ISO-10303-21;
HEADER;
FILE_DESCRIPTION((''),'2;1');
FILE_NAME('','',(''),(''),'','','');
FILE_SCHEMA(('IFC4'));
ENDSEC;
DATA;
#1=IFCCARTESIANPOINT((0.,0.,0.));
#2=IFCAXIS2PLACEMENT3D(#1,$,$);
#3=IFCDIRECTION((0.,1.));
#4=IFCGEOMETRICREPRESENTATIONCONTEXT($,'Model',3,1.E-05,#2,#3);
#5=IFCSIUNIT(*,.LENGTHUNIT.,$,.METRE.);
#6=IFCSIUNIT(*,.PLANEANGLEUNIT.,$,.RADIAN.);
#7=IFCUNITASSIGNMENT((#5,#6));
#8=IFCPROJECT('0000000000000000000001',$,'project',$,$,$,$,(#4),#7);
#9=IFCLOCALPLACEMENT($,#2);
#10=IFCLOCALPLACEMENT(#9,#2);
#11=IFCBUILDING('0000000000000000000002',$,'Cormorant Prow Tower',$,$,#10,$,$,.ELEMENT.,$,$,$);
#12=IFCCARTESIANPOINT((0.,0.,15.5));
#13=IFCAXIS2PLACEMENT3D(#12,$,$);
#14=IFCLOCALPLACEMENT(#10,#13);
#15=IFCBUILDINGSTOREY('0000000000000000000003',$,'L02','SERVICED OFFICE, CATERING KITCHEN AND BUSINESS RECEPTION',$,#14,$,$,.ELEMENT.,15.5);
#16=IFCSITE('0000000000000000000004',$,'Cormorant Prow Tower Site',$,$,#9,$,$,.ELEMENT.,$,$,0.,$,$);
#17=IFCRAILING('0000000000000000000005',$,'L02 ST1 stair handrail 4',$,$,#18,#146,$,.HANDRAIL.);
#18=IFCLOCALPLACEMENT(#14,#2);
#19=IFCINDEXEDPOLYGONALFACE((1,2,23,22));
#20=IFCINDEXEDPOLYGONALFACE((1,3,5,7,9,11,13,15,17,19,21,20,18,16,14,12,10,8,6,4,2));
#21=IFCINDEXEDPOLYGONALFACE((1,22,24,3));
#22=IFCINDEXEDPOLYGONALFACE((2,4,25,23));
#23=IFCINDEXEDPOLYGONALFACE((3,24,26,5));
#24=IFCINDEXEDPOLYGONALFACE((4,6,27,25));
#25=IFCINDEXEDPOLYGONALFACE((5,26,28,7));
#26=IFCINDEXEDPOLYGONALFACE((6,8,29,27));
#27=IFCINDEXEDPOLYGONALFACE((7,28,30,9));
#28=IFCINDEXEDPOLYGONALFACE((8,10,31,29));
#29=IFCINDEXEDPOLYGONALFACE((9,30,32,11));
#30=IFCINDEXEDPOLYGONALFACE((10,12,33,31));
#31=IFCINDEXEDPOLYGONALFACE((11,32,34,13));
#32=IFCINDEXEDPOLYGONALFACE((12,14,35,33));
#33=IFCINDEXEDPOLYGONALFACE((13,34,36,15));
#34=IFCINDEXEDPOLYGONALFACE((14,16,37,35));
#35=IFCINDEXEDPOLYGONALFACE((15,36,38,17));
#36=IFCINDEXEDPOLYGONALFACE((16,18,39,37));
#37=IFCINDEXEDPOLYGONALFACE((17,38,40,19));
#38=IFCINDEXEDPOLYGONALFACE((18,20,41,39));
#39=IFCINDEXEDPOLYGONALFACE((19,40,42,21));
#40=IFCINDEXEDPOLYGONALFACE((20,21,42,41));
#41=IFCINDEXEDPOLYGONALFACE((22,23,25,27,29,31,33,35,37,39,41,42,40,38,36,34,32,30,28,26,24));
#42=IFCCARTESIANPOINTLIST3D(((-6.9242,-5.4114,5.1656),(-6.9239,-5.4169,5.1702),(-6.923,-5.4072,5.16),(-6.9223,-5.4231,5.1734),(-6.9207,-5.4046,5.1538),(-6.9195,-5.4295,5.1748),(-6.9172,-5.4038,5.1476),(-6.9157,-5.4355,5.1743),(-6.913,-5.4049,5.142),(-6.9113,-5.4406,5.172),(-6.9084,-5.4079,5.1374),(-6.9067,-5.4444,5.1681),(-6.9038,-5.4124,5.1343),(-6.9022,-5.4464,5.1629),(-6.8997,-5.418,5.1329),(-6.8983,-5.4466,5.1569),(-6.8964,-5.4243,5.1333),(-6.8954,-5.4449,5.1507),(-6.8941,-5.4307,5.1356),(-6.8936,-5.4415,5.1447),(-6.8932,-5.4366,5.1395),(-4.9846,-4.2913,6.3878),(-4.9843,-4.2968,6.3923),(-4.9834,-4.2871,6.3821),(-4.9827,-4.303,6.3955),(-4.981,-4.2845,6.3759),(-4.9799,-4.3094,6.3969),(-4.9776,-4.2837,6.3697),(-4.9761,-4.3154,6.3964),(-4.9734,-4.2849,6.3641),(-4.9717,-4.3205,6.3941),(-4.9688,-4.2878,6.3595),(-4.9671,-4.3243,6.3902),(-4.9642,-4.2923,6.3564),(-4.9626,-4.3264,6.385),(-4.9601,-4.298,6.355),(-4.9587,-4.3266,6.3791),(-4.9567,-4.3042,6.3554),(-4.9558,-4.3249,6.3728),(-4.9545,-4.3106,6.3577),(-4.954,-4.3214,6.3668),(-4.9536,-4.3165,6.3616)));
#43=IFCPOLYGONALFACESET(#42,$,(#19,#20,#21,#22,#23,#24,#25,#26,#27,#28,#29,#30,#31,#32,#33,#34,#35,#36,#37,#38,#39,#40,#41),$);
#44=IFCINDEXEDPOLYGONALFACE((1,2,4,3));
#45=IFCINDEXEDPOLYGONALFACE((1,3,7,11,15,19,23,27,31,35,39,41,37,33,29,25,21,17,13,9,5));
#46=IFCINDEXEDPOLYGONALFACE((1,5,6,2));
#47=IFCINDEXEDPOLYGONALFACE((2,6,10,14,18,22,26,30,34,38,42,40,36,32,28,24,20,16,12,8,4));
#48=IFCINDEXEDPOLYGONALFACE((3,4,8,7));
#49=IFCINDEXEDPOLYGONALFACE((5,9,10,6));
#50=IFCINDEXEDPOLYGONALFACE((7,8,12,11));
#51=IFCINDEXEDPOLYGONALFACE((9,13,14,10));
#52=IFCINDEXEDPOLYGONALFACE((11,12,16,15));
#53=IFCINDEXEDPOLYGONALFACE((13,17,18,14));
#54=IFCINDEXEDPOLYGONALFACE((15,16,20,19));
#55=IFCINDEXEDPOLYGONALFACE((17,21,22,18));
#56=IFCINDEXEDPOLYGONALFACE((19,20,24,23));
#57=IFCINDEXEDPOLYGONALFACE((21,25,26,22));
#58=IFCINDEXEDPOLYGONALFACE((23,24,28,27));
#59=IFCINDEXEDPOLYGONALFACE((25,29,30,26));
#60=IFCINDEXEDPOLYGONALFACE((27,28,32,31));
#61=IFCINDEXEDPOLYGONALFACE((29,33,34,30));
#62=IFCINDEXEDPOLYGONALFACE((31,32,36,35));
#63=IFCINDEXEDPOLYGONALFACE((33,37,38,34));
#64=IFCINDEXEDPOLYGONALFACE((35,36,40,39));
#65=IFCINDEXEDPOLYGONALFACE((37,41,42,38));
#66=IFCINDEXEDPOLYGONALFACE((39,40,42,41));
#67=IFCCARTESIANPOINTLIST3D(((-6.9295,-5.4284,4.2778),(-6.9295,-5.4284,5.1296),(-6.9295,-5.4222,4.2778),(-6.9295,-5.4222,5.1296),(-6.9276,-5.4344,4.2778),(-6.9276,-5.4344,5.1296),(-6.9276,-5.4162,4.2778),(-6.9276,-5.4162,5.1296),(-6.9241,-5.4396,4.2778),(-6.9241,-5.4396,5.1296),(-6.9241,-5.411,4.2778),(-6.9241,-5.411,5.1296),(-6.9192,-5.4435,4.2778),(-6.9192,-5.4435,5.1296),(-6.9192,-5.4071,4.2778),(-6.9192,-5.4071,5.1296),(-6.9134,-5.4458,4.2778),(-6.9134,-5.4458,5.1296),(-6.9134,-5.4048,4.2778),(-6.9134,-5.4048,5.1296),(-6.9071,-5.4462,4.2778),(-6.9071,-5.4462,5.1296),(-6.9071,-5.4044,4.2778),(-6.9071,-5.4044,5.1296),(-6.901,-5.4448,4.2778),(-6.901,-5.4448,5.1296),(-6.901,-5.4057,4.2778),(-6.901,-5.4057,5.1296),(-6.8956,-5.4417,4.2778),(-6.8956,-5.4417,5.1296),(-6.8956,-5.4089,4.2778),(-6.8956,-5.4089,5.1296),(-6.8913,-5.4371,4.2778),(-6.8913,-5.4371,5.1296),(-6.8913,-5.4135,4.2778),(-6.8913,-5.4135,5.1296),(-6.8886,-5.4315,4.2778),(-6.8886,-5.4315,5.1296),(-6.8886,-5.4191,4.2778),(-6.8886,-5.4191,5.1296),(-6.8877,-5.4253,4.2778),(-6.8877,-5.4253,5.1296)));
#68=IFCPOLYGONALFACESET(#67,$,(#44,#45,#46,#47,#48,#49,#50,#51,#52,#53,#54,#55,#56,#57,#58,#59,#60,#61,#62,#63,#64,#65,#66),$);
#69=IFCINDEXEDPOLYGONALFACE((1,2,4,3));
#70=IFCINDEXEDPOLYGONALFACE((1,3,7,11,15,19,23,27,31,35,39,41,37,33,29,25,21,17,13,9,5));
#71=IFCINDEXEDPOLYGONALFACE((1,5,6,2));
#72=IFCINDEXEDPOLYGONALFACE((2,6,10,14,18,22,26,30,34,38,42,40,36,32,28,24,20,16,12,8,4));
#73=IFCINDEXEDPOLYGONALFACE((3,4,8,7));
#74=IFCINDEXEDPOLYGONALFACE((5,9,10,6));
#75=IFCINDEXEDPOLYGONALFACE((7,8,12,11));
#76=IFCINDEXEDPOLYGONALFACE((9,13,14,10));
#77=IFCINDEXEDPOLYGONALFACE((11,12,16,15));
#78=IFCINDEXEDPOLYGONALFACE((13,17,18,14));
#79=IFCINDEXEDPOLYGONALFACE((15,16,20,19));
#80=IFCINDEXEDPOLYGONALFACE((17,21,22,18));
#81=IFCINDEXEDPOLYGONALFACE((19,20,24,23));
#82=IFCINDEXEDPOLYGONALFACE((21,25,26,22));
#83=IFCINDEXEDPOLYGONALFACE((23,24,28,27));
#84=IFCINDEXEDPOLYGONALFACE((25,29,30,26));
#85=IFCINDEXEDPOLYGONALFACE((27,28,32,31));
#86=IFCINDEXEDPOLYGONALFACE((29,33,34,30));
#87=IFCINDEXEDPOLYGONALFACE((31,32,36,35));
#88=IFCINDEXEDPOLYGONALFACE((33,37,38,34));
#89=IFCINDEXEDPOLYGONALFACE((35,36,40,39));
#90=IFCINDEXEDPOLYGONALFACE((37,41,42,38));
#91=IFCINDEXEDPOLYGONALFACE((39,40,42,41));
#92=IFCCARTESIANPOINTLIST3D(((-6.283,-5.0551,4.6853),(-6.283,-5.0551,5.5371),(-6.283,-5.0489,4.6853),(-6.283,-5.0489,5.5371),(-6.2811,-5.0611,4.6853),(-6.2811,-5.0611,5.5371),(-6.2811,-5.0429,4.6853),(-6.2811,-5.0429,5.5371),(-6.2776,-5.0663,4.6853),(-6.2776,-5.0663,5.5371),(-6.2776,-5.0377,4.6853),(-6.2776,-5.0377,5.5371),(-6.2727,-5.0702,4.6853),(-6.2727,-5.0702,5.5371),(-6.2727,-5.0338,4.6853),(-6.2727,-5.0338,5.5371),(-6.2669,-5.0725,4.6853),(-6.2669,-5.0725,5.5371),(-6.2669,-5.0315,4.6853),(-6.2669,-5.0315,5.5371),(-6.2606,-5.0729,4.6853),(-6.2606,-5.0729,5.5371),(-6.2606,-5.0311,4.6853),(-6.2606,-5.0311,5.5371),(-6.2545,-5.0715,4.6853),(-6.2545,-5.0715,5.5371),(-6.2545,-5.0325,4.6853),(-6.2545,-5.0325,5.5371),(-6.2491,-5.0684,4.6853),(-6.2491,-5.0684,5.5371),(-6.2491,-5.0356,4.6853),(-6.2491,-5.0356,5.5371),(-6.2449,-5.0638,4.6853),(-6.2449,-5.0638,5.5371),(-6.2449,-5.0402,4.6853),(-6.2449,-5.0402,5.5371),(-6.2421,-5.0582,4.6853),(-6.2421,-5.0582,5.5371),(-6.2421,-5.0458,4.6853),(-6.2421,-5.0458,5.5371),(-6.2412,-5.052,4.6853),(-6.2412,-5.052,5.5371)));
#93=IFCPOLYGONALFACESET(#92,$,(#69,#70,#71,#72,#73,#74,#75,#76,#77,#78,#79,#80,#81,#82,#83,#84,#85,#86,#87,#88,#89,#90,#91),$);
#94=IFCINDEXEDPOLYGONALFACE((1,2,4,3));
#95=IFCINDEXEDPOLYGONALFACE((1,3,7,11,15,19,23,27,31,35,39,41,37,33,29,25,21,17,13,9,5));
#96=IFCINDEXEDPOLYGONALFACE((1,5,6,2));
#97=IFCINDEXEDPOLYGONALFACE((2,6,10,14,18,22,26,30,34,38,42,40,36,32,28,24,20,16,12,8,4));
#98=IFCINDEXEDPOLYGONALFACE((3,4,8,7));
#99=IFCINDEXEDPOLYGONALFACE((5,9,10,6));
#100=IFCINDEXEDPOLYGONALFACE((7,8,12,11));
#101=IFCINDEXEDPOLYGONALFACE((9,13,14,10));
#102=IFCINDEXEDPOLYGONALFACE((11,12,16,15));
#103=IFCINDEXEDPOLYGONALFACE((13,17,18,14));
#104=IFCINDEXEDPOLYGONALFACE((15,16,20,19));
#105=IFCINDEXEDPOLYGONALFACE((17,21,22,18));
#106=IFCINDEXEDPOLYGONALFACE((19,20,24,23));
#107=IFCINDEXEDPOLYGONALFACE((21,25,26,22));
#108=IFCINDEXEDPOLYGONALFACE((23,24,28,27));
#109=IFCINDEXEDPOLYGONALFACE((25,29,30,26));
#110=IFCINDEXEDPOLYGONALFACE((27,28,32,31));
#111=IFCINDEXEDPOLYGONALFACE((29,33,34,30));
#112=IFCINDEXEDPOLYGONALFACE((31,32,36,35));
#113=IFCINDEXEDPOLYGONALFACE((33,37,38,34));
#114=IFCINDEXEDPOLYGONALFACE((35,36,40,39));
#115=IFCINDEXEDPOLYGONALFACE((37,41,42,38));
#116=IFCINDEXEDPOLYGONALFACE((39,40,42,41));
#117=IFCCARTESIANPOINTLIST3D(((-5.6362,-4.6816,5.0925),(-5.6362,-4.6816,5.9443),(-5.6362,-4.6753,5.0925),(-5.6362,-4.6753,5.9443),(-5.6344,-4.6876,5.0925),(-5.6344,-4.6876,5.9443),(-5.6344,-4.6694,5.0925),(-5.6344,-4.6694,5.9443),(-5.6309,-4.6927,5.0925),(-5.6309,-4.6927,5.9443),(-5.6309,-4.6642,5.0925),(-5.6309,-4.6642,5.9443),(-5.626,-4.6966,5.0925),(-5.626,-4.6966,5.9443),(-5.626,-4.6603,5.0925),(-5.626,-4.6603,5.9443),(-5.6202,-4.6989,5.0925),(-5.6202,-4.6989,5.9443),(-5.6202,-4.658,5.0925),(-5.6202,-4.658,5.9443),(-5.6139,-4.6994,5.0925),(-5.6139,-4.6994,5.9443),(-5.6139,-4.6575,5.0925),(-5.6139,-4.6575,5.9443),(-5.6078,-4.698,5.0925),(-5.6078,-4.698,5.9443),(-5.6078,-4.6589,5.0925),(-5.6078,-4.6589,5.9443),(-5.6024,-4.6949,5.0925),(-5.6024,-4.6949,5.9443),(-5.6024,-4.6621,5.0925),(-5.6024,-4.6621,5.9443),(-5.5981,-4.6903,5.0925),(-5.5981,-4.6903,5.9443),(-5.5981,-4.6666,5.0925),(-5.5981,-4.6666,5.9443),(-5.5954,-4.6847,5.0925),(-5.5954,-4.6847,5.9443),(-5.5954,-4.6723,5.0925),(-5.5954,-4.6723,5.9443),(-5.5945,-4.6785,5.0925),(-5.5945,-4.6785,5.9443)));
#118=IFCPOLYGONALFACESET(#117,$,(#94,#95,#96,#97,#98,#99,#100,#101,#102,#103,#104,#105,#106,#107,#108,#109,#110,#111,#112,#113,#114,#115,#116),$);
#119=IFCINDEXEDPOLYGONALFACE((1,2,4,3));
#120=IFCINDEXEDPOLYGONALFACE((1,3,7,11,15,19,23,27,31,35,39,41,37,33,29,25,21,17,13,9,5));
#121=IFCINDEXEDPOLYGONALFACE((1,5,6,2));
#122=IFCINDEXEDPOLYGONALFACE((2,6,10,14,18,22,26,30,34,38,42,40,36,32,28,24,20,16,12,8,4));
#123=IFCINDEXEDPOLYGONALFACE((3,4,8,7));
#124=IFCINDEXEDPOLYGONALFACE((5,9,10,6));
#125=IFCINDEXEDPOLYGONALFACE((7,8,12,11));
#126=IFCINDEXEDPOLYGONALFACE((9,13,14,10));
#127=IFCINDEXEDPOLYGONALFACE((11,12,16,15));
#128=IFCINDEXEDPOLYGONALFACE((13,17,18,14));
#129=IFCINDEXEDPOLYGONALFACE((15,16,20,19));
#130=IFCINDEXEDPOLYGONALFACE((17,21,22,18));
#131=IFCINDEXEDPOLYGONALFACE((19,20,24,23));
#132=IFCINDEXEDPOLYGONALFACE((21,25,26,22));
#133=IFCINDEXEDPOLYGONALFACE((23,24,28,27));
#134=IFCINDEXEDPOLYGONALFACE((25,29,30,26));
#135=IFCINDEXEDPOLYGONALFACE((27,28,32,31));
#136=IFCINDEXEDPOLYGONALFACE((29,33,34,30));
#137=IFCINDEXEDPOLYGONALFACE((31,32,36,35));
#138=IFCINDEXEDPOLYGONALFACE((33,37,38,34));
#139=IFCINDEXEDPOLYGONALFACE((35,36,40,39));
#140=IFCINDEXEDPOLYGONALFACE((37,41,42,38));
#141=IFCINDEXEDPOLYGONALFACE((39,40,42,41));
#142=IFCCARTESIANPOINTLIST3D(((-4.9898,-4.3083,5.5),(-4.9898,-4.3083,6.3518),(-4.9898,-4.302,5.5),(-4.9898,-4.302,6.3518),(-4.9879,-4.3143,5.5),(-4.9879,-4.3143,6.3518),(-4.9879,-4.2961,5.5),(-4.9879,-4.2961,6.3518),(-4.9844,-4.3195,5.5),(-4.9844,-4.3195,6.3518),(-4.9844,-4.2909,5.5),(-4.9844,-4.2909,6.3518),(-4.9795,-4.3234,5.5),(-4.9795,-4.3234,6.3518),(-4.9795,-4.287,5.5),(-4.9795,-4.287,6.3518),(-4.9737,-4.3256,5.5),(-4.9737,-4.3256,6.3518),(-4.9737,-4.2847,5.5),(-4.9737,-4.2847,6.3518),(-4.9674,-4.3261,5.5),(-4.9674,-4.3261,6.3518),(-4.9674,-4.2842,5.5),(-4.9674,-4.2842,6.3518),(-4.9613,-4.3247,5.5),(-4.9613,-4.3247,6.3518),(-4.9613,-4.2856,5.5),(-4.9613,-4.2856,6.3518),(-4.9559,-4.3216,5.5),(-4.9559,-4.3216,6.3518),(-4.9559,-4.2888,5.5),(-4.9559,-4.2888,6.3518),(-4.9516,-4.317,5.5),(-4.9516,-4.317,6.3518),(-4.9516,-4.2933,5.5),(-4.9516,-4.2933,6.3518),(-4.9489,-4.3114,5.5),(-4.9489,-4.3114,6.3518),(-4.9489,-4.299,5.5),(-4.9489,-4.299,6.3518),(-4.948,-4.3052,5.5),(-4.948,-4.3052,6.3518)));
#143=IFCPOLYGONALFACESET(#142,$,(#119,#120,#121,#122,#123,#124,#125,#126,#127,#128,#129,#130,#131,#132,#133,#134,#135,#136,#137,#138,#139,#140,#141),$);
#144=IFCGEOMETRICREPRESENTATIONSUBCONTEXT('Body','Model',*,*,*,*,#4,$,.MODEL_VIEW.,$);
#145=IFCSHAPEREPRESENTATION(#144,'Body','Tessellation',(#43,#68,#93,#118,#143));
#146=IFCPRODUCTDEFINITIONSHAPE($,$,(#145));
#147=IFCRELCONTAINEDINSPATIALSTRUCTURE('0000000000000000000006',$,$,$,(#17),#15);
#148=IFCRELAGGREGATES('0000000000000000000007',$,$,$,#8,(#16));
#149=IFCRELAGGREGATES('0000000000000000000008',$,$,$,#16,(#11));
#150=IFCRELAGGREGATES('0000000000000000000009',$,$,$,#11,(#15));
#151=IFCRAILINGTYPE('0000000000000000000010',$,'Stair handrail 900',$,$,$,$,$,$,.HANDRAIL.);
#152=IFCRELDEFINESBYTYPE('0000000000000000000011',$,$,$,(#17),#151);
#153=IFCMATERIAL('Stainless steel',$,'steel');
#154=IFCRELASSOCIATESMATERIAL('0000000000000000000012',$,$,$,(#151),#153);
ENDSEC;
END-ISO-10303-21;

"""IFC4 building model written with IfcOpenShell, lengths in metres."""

from ifc_helpers import new_model, si_unit, direction, frame, origin, origin_2d, place, context, subcontext, project, spatial, circle, extrude, material, type_object, element, save


model = new_model("IFC4")

# Units and contexts
model_context = context("Model", 3, precision=1e-05, world=origin(), true_north=direction((0.0, 1.0)))
body_context = subcontext(model_context, "Body", "Model", "MODEL_VIEW")
ifc_project = project(units=[si_unit("LENGTHUNIT", "METRE"), si_unit("PLANEANGLEUNIT", "RADIAN")], contexts=[model_context])

# Site, building, storey
site_placement = place(None, origin())
site = spatial("IfcSite", under=ifc_project, at=site_placement, Name="Cormorant Prow Tower Site", CompositionType="ELEMENT", RefElevation=0.0)
building_placement = place(site_placement, origin())
building = spatial("IfcBuilding", under=site, at=building_placement, Name="Cormorant Prow Tower", CompositionType="ELEMENT")
storey_placement = place(building_placement, frame((0.0, 0.0, 15.5)))
storey = spatial("IfcBuildingStorey", under=building, at=storey_placement, Name="L02", Description="SERVICED OFFICE, CATERING KITCHEN AND BUSINESS RECEPTION", CompositionType="ELEMENT", Elevation=15.5)

# Railing
ifc_material_1 = material(Name="Stainless steel", Category="steel")
railing_type_1 = type_object("IfcRailingType", Name="Stair handrail 900", PredefinedType="HANDRAIL", material=ifc_material_1)
railing_1_placement = place(storey_placement, frame((-6.9087, -5.4253, 4.2778)))
element("IfcRailing", 1, at=railing_1_placement, inside=storey, type_object=railing_type_1, Name="L02 ST1 stair handrail 4", PredefinedType="HANDRAIL", context=body_context, shape_type="SweptSolid", body=[
    extrude(circle(Radius=0.0239, at=origin_2d()), frame((0.0, 0.0, 0.876), z_axis=(0.760182, 0.438982, 0.478977), x_axis=(-0.500078, 0.86598, 0.0)), (0.0, 0.0, 1.0), 2.5515),
    extrude(circle(Radius=0.021, at=origin_2d()), origin(), (0.0, 0.0, 1.0), 0.8518),
    extrude(circle(Radius=0.021, at=origin_2d()), frame((0.6465, 0.3733, 0.4075)), (0.0, 0.0, 1.0), 0.8518),
    extrude(circle(Radius=0.021, at=origin_2d()), frame((1.2932, 0.7468, 0.8147)), (0.0, 0.0, 1.0), 0.8518),
    extrude(circle(Radius=0.021, at=origin_2d()), frame((1.9397, 1.1201, 1.2222)), (0.0, 0.0, 1.0), 0.8518),
])

save(model, "model.ifc")
